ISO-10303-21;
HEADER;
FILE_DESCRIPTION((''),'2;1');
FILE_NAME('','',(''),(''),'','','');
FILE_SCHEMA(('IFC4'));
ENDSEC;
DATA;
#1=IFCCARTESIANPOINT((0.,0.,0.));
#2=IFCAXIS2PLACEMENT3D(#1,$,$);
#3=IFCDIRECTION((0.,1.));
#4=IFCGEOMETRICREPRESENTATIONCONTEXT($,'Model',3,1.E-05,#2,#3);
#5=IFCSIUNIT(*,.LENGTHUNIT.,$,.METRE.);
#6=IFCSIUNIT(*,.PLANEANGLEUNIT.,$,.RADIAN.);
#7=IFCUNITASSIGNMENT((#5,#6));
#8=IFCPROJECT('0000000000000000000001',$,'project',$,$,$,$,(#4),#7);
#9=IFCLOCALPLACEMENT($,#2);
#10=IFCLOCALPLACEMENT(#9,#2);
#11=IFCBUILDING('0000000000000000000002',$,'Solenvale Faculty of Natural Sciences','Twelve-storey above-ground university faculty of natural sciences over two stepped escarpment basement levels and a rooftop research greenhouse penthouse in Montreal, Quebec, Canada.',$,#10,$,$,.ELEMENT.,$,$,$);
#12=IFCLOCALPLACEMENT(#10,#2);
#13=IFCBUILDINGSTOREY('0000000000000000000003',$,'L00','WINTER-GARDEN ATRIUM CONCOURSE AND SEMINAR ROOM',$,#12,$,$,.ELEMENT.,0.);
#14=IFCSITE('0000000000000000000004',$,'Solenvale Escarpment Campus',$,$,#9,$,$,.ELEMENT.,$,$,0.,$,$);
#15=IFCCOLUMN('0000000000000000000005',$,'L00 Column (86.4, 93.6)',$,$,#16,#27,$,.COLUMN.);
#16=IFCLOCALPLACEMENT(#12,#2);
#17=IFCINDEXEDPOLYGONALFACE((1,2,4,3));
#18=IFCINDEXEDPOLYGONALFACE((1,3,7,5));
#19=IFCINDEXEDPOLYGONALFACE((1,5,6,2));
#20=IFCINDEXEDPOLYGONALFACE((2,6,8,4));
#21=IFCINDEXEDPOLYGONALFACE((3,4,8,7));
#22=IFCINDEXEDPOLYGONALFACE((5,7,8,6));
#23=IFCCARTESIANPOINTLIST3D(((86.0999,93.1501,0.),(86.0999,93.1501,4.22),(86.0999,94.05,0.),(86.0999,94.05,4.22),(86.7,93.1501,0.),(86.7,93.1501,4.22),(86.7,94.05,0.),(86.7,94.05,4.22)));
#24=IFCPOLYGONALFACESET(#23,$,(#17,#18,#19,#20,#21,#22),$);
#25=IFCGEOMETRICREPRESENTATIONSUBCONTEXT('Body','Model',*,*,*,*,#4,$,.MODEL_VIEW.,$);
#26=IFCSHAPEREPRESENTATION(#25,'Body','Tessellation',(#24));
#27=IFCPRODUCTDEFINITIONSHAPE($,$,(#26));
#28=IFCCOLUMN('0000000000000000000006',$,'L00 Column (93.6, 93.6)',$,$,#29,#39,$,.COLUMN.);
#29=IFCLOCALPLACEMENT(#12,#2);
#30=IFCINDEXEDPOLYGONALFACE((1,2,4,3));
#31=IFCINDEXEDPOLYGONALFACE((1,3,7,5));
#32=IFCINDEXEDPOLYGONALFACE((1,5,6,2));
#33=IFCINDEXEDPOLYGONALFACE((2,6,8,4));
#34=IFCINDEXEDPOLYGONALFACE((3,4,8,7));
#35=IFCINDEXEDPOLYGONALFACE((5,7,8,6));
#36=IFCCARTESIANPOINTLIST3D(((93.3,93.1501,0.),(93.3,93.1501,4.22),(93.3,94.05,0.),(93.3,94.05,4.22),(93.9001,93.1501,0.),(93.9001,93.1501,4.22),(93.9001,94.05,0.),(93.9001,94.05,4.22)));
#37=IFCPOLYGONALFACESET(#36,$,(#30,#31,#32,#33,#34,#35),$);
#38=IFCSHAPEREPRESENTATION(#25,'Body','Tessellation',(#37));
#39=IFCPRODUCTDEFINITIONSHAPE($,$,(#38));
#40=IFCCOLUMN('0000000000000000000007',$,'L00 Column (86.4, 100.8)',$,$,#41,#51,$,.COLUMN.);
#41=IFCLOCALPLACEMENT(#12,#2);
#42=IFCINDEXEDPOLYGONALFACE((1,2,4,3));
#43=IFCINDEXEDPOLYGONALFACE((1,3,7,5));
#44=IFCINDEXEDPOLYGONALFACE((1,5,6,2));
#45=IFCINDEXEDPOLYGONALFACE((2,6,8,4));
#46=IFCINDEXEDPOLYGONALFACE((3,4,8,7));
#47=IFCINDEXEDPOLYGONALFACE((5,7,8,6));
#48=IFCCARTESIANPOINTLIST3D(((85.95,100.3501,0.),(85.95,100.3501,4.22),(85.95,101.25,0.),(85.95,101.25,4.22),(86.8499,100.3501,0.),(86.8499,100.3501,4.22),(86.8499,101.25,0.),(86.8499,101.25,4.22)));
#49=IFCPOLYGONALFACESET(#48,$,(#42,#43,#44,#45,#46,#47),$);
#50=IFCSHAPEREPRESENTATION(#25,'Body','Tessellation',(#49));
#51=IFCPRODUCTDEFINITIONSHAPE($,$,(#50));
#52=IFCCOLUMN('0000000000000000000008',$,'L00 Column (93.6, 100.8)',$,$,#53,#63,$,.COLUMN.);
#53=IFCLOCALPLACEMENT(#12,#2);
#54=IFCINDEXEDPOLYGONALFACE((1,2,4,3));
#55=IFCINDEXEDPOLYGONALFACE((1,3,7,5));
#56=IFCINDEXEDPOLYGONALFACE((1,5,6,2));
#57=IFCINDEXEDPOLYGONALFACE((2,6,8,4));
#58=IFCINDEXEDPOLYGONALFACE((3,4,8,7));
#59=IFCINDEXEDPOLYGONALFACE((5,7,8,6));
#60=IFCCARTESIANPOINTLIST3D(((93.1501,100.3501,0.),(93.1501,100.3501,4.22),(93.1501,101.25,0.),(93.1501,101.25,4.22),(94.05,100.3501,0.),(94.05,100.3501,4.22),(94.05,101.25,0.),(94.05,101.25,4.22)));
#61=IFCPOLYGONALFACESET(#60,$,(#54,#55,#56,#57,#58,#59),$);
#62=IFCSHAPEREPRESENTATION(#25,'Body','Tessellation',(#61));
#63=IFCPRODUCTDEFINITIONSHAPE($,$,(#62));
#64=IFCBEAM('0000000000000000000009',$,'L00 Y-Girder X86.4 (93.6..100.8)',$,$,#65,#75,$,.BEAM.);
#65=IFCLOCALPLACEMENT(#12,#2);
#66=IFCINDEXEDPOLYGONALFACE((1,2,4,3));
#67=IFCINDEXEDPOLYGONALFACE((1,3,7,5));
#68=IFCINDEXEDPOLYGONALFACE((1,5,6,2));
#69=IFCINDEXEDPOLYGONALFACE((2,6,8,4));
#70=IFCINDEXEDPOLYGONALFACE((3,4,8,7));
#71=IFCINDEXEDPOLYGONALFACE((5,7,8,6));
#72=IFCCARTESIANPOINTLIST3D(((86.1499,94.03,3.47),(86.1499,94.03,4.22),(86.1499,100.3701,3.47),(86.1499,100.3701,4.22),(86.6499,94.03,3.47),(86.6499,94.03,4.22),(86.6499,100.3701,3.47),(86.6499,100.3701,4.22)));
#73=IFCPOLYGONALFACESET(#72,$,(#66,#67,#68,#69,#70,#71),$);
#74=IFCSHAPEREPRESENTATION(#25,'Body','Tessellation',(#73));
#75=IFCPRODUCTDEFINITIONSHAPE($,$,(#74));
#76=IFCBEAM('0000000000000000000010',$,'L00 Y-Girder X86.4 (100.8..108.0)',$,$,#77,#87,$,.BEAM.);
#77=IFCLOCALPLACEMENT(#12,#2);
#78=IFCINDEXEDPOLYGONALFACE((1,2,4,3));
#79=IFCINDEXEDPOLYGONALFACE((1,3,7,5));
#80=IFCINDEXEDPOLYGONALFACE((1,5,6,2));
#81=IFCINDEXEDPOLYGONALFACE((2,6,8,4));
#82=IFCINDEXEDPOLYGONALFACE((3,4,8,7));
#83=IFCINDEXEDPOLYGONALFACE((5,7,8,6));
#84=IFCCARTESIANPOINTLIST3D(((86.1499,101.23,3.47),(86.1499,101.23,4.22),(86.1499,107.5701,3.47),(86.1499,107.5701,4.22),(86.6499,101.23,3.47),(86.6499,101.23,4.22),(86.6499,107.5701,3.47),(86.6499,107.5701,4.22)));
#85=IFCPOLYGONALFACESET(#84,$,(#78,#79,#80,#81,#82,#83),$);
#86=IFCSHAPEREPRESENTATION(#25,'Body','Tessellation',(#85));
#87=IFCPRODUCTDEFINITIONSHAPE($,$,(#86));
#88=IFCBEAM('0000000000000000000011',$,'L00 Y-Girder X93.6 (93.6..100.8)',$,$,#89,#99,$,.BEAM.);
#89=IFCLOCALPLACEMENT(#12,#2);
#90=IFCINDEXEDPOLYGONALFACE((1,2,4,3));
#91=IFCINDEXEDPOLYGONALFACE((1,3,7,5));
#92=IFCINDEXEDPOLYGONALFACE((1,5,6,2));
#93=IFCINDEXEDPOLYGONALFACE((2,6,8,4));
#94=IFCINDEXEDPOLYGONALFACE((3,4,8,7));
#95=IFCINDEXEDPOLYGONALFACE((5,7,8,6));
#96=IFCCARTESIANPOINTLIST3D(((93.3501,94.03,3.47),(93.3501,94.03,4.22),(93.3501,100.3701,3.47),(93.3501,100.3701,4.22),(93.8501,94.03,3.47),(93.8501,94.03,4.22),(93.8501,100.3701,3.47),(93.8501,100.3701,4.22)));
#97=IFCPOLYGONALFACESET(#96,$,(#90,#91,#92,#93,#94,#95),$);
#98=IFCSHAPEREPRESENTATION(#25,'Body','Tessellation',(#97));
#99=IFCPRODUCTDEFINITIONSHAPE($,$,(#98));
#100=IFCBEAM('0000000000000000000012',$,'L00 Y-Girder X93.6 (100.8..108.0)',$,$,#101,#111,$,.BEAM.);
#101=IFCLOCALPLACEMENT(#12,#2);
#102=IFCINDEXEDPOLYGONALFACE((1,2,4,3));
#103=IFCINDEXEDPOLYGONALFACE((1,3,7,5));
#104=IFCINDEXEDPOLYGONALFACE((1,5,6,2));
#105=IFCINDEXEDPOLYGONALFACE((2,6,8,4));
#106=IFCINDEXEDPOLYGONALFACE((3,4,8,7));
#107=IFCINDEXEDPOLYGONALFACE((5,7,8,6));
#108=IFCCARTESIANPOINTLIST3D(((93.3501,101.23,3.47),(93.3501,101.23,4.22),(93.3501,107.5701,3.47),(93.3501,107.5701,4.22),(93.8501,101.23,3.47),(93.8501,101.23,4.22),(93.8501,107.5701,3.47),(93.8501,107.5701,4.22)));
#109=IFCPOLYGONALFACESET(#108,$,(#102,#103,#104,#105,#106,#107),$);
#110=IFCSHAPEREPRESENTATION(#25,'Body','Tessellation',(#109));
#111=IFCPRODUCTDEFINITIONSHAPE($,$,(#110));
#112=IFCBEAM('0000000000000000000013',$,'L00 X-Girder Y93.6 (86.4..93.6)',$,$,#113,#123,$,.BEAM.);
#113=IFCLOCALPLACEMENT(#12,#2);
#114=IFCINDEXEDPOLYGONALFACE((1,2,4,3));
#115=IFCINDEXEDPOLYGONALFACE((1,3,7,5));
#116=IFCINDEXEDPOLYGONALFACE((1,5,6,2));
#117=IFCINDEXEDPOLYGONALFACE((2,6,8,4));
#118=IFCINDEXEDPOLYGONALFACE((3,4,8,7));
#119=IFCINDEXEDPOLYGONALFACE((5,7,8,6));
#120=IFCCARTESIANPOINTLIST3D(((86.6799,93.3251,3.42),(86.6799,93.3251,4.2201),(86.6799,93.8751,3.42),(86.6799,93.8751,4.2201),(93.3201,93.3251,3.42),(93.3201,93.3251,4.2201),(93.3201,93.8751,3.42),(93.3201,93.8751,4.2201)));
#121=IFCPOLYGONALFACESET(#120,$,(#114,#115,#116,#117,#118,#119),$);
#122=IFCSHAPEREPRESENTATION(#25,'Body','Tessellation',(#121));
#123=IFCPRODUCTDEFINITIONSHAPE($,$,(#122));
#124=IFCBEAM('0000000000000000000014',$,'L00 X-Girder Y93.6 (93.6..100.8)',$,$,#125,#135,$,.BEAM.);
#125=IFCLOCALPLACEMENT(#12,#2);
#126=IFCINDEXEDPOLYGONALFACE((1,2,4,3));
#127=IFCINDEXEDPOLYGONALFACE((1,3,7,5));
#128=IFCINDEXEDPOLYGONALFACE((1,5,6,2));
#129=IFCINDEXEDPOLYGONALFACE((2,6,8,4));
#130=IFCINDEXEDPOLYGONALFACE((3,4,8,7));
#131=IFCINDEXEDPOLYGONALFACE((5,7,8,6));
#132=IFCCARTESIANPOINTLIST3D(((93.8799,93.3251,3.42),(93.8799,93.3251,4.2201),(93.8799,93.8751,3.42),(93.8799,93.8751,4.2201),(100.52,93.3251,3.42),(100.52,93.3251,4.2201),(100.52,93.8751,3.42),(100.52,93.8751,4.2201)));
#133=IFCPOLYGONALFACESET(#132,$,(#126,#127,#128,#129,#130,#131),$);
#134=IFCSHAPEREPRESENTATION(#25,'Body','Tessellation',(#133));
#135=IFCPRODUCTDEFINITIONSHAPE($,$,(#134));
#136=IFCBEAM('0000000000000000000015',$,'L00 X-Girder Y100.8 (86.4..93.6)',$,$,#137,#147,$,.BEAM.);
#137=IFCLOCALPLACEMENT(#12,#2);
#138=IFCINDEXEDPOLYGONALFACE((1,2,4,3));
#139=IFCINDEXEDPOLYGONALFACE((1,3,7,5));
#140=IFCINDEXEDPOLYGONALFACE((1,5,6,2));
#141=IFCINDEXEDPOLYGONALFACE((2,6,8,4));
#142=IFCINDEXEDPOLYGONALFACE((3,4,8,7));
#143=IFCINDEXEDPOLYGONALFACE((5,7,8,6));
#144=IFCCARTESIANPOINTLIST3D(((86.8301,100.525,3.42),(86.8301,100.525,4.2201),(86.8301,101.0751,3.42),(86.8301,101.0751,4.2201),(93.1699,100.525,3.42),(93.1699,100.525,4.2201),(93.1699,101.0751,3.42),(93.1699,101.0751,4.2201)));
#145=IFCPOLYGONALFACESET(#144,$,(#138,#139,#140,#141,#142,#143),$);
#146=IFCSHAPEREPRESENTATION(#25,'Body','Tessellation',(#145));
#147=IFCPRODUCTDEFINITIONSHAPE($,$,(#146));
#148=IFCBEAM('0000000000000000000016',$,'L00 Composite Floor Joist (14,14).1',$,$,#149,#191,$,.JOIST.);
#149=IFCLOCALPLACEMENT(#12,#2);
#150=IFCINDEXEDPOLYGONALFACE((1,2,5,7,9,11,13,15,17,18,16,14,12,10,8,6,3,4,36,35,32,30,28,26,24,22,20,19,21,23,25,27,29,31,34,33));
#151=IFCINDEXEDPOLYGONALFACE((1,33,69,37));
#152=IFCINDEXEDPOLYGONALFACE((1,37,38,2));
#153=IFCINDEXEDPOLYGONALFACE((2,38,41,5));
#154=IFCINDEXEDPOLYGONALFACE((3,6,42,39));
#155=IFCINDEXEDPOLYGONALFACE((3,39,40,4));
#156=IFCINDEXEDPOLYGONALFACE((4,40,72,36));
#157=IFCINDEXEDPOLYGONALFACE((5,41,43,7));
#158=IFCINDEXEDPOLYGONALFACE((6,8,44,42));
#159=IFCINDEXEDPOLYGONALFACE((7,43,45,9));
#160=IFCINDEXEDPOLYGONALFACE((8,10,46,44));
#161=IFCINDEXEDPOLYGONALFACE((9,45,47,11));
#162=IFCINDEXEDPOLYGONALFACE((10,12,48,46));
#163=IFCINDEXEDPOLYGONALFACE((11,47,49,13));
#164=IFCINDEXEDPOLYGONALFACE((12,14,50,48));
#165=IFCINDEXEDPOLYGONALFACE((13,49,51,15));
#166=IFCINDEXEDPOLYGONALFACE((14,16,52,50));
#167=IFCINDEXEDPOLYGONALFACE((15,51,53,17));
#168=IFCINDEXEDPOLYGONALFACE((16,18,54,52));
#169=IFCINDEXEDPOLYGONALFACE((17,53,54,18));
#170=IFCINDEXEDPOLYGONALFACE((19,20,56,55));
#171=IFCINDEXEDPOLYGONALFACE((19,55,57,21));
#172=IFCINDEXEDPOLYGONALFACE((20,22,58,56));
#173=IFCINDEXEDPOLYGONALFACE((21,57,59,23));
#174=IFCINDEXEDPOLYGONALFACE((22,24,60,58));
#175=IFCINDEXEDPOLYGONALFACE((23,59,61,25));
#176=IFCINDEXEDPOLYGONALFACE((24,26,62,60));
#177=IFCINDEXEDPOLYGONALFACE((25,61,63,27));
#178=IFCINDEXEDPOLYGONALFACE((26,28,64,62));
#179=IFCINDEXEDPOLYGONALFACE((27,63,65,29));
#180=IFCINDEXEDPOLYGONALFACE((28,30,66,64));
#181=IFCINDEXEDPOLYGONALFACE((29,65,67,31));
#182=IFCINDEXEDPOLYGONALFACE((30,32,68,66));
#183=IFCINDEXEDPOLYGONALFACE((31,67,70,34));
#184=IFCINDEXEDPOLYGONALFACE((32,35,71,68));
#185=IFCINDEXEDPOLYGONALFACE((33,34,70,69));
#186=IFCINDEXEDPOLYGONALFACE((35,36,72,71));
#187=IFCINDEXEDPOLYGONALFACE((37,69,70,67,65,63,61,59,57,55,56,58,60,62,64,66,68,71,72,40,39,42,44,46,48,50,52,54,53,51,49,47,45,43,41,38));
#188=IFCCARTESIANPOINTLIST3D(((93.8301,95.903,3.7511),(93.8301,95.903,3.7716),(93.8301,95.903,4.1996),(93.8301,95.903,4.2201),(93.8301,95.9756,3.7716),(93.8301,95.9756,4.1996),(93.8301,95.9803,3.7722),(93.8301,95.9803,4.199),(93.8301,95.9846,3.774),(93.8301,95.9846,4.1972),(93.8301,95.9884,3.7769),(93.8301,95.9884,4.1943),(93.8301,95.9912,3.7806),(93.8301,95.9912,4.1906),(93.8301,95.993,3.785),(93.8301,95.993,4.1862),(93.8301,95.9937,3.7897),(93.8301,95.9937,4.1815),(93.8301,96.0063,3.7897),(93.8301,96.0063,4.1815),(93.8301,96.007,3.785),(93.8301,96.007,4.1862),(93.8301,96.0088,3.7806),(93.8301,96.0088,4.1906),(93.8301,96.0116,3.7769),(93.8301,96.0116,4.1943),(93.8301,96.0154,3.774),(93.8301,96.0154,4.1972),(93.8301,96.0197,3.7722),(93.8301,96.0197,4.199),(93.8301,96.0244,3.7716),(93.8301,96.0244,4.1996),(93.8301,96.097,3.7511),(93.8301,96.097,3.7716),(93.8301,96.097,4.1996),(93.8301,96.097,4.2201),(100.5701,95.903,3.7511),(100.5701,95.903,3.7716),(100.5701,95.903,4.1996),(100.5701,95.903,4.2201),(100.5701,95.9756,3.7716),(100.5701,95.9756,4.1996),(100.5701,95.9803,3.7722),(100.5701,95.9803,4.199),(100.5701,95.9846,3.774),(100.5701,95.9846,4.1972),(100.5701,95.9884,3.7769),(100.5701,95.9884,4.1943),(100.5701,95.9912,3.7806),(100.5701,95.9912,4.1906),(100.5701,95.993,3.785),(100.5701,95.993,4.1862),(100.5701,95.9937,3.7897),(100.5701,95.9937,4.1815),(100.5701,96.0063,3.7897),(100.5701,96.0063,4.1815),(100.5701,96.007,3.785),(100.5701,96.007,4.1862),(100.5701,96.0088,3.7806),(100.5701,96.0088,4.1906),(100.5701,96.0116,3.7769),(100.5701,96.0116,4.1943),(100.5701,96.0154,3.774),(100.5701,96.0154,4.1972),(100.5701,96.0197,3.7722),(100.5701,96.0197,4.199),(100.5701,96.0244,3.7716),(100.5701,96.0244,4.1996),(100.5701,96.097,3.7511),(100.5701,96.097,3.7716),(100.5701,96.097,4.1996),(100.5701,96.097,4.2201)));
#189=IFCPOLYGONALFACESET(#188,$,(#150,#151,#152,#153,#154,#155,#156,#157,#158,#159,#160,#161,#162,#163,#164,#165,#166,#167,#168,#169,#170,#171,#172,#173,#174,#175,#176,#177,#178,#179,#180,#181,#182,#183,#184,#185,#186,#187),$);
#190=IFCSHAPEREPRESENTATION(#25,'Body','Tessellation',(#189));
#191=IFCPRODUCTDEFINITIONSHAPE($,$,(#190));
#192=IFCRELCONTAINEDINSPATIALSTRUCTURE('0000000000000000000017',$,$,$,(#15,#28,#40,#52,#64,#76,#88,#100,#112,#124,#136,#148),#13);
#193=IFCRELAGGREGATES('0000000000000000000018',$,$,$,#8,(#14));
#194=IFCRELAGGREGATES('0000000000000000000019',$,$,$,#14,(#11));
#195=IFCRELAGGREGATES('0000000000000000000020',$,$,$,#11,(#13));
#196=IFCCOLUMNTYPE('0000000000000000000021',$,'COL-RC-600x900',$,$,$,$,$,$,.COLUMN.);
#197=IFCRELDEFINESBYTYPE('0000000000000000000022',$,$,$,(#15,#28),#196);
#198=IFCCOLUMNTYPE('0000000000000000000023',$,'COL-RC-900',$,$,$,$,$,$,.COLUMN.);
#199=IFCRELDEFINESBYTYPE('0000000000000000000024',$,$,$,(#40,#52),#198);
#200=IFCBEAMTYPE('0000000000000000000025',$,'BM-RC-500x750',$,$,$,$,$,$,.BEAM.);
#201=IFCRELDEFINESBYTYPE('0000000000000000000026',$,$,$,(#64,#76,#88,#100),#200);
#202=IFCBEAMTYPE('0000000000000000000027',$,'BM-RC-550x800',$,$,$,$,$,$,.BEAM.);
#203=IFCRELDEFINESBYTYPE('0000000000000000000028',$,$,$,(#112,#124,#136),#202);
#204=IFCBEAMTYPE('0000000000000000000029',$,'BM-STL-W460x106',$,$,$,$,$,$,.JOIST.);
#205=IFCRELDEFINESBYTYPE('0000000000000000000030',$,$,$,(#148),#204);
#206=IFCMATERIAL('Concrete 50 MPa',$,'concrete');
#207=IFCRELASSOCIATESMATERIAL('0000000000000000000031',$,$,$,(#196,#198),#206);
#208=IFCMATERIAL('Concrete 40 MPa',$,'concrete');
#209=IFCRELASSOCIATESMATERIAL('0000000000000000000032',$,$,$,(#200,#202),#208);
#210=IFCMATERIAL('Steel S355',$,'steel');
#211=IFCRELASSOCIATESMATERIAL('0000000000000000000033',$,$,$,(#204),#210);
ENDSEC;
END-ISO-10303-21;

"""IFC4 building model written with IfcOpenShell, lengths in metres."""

from ifc_helpers import new_model, si_unit, direction, frame, origin, origin_2d, place, context, subcontext, project, spatial, rectangle, i_section, extrude, material, material_profile, profile_set, type_object, element, save


model = new_model("IFC4")

# Units and contexts
model_context = context("Model", 3, precision=1e-05, world=origin(), true_north=direction((0.0, 1.0)))
body_context = subcontext(model_context, "Body", "Model", "MODEL_VIEW")
ifc_project = project(units=[si_unit("LENGTHUNIT", "METRE"), si_unit("PLANEANGLEUNIT", "RADIAN")], contexts=[model_context])

# Site, building, storey
site_placement = place(None, origin())
site = spatial("IfcSite", under=ifc_project, at=site_placement, Name="Solenvale Escarpment Campus", CompositionType="ELEMENT", RefElevation=0.0)
building_placement = place(site_placement, origin())
building = spatial("IfcBuilding", under=site, at=building_placement, Name="Solenvale Faculty of Natural Sciences", Description="Twelve-storey above-ground university faculty of natural sciences over two stepped escarpment basement levels and a rooftop research greenhouse penthouse in Montreal, Quebec, Canada.", CompositionType="ELEMENT")
storey_placement = place(building_placement, origin())
storey = spatial("IfcBuildingStorey", under=building, at=storey_placement, Name="L00", Description="WINTER-GARDEN ATRIUM CONCOURSE AND SEMINAR ROOM", CompositionType="ELEMENT", Elevation=0.0)

# Columns
ifc_material_1 = material(Name="Concrete 50 MPa", Category="concrete")
ifc_material_profile_1 = material_profile(ifc_material_1, rectangle(XDim=0.6001, YDim=0.8999, at=origin_2d()), Name="RC-COL-600x900")
ifc_profile_set_1 = profile_set([ifc_material_profile_1], Name="Concrete 50 MPa")
column_type_1 = type_object("IfcColumnType", Name="COL-RC-600x900", PredefinedType="COLUMN", material=ifc_profile_set_1)
for number, where, z_axis, x_axis, name in (
    (1, (86.3999, 93.6001, 0.0), (0.0, 0.0, 1.0), (1.0, 0.0, 0.0), "L00 Column (86.4, 93.6)"),
    (2, (93.6001, 93.6001, 0.0), (0.0, 0.0, 1.0), (1.0, 0.0, 0.0), "L00 Column (93.6, 93.6)"),
):
    element("IfcColumn", number, at=place(storey_placement, frame(where, z_axis=z_axis, x_axis=x_axis)), inside=storey, type_object=column_type_1, Name=name, PredefinedType="COLUMN", context=body_context, shape_type="SweptSolid", body=[
        extrude(rectangle(XDim=0.6001, YDim=0.8999, at=origin_2d()), origin(), (0.0, 0.0, 1.0), 4.22),
    ])
ifc_material_profile_2 = material_profile(ifc_material_1, rectangle(XDim=0.8999, YDim=0.8999, at=origin_2d()), Name="RC-COL-900x900")
ifc_profile_set_2 = profile_set([ifc_material_profile_2], Name="Concrete 50 MPa")
column_type_2 = type_object("IfcColumnType", Name="COL-RC-900", PredefinedType="COLUMN", material=ifc_profile_set_2)
for number, where, z_axis, x_axis, name in (
    (3, (86.3999, 100.8, 0.0), (0.0, 0.0, 1.0), (1.0, 0.0, 0.0), "L00 Column (86.4, 100.8)"),
    (4, (93.6001, 100.8, 0.0), (0.0, 0.0, 1.0), (1.0, 0.0, 0.0), "L00 Column (93.6, 100.8)"),
):
    element("IfcColumn", number, at=place(storey_placement, frame(where, z_axis=z_axis, x_axis=x_axis)), inside=storey, type_object=column_type_2, Name=name, PredefinedType="COLUMN", context=body_context, shape_type="SweptSolid", body=[
        extrude(rectangle(XDim=0.8999, YDim=0.8999, at=origin_2d()), origin(), (0.0, 0.0, 1.0), 4.22),
    ])

# Beams
ifc_material_2 = material(Name="Concrete 40 MPa", Category="concrete")
ifc_material_profile_3 = material_profile(ifc_material_2, rectangle(XDim=0.5, YDim=0.75, at=origin_2d()), Name="RC-BM-500x750")
ifc_profile_set_3 = profile_set([ifc_material_profile_3], Name="Concrete 40 MPa")
beam_type_1 = type_object("IfcBeamType", Name="BM-RC-500x750", PredefinedType="BEAM", material=ifc_profile_set_3)
for number, where, z_axis, x_axis, name in (
    (5, (86.3999, 94.03, 3.845), (0.0, 1.0, 0.0), (-1.0, 0.0, 0.0), "L00 Y-Girder X86.4 (93.6..100.8)"),
    (6, (86.3999, 101.23, 3.845), (0.0, 1.0, 0.0), (-1.0, 0.0, 0.0), "L00 Y-Girder X86.4 (100.8..108.0)"),
    (7, (93.6001, 94.03, 3.845), (0.0, 1.0, 0.0), (-1.0, 0.0, 0.0), "L00 Y-Girder X93.6 (93.6..100.8)"),
    (8, (93.6001, 101.23, 3.845), (0.0, 1.0, 0.0), (-1.0, 0.0, 0.0), "L00 Y-Girder X93.6 (100.8..108.0)"),
):
    element("IfcBeam", number, at=place(storey_placement, frame(where, z_axis=z_axis, x_axis=x_axis)), inside=storey, type_object=beam_type_1, Name=name, PredefinedType="BEAM", context=body_context, shape_type="SweptSolid", body=[
        extrude(rectangle(XDim=0.5, YDim=0.75, at=origin_2d()), origin(), (0.0, 0.0, 1.0), 6.3401),
    ])
ifc_material_profile_4 = material_profile(ifc_material_2, rectangle(XDim=0.55, YDim=0.8, at=origin_2d()), Name="RC-BM-550x800")
ifc_profile_set_4 = profile_set([ifc_material_profile_4], Name="Concrete 40 MPa")
beam_type_2 = type_object("IfcBeamType", Name="BM-RC-550x800", PredefinedType="BEAM", material=ifc_profile_set_4)
for number, where, z_axis, x_axis, name in (
    (9, (86.6799, 93.6001, 3.8201), (1.0, 0.0, 0.0), (0.0, 1.0, 0.0), "L00 X-Girder Y93.6 (86.4..93.6)"),
    (10, (93.8799, 93.6001, 3.8201), (1.0, 0.0, 0.0), (0.0, 1.0, 0.0), "L00 X-Girder Y93.6 (93.6..100.8)"),
):
    element("IfcBeam", number, at=place(storey_placement, frame(where, z_axis=z_axis, x_axis=x_axis)), inside=storey, type_object=beam_type_2, Name=name, PredefinedType="BEAM", context=body_context, shape_type="SweptSolid", body=[
        extrude(rectangle(XDim=0.55, YDim=0.8, at=origin_2d()), origin(), (0.0, 0.0, 1.0), 6.6401),
    ])
beam_placement = place(storey_placement, frame((86.8301, 100.8, 3.8201), z_axis=(1.0, 0.0, 0.0), x_axis=(0.0, 1.0, 0.0)))
element("IfcBeam", 11, at=beam_placement, inside=storey, type_object=beam_type_2, Name="L00 X-Girder Y100.8 (86.4..93.6)", PredefinedType="BEAM", context=body_context, shape_type="SweptSolid", body=[
    extrude(rectangle(XDim=0.55, YDim=0.8, at=origin_2d()), origin(), (0.0, 0.0, 1.0), 6.3398),
])
ifc_material_3 = material(Name="Steel S355", Category="steel")
ifc_material_profile_5 = material_profile(ifc_material_3, i_section(OverallWidth=0.1941, OverallDepth=0.469, WebThickness=0.0127, FlangeThickness=0.0205, FilletRadius=0.0181, at=origin_2d()), Name="W460x106")
ifc_profile_set_5 = profile_set([ifc_material_profile_5], Name="Steel S355")
beam_type_3 = type_object("IfcBeamType", Name="BM-STL-W460x106", PredefinedType="JOIST", material=ifc_profile_set_5)
for number, where, z_axis, x_axis, name in (
    (12, (93.8301, 96.0, 3.9856), (1.0, 0.0, 0.0), (0.0, 1.0, 0.0), "L00 Composite Floor Joist (14,14).1"),
):
    element("IfcBeam", number, at=place(storey_placement, frame(where, z_axis=z_axis, x_axis=x_axis)), inside=storey, type_object=beam_type_3, Name=name, PredefinedType="JOIST", context=body_context, shape_type="SweptSolid", body=[
        extrude(i_section(OverallWidth=0.1941, OverallDepth=0.469, WebThickness=0.0127, FlangeThickness=0.0205, FilletRadius=0.0181, at=origin_2d()), origin(), (0.0, 0.0, 1.0), 6.74),
    ])

save(model, "model.ifc")
